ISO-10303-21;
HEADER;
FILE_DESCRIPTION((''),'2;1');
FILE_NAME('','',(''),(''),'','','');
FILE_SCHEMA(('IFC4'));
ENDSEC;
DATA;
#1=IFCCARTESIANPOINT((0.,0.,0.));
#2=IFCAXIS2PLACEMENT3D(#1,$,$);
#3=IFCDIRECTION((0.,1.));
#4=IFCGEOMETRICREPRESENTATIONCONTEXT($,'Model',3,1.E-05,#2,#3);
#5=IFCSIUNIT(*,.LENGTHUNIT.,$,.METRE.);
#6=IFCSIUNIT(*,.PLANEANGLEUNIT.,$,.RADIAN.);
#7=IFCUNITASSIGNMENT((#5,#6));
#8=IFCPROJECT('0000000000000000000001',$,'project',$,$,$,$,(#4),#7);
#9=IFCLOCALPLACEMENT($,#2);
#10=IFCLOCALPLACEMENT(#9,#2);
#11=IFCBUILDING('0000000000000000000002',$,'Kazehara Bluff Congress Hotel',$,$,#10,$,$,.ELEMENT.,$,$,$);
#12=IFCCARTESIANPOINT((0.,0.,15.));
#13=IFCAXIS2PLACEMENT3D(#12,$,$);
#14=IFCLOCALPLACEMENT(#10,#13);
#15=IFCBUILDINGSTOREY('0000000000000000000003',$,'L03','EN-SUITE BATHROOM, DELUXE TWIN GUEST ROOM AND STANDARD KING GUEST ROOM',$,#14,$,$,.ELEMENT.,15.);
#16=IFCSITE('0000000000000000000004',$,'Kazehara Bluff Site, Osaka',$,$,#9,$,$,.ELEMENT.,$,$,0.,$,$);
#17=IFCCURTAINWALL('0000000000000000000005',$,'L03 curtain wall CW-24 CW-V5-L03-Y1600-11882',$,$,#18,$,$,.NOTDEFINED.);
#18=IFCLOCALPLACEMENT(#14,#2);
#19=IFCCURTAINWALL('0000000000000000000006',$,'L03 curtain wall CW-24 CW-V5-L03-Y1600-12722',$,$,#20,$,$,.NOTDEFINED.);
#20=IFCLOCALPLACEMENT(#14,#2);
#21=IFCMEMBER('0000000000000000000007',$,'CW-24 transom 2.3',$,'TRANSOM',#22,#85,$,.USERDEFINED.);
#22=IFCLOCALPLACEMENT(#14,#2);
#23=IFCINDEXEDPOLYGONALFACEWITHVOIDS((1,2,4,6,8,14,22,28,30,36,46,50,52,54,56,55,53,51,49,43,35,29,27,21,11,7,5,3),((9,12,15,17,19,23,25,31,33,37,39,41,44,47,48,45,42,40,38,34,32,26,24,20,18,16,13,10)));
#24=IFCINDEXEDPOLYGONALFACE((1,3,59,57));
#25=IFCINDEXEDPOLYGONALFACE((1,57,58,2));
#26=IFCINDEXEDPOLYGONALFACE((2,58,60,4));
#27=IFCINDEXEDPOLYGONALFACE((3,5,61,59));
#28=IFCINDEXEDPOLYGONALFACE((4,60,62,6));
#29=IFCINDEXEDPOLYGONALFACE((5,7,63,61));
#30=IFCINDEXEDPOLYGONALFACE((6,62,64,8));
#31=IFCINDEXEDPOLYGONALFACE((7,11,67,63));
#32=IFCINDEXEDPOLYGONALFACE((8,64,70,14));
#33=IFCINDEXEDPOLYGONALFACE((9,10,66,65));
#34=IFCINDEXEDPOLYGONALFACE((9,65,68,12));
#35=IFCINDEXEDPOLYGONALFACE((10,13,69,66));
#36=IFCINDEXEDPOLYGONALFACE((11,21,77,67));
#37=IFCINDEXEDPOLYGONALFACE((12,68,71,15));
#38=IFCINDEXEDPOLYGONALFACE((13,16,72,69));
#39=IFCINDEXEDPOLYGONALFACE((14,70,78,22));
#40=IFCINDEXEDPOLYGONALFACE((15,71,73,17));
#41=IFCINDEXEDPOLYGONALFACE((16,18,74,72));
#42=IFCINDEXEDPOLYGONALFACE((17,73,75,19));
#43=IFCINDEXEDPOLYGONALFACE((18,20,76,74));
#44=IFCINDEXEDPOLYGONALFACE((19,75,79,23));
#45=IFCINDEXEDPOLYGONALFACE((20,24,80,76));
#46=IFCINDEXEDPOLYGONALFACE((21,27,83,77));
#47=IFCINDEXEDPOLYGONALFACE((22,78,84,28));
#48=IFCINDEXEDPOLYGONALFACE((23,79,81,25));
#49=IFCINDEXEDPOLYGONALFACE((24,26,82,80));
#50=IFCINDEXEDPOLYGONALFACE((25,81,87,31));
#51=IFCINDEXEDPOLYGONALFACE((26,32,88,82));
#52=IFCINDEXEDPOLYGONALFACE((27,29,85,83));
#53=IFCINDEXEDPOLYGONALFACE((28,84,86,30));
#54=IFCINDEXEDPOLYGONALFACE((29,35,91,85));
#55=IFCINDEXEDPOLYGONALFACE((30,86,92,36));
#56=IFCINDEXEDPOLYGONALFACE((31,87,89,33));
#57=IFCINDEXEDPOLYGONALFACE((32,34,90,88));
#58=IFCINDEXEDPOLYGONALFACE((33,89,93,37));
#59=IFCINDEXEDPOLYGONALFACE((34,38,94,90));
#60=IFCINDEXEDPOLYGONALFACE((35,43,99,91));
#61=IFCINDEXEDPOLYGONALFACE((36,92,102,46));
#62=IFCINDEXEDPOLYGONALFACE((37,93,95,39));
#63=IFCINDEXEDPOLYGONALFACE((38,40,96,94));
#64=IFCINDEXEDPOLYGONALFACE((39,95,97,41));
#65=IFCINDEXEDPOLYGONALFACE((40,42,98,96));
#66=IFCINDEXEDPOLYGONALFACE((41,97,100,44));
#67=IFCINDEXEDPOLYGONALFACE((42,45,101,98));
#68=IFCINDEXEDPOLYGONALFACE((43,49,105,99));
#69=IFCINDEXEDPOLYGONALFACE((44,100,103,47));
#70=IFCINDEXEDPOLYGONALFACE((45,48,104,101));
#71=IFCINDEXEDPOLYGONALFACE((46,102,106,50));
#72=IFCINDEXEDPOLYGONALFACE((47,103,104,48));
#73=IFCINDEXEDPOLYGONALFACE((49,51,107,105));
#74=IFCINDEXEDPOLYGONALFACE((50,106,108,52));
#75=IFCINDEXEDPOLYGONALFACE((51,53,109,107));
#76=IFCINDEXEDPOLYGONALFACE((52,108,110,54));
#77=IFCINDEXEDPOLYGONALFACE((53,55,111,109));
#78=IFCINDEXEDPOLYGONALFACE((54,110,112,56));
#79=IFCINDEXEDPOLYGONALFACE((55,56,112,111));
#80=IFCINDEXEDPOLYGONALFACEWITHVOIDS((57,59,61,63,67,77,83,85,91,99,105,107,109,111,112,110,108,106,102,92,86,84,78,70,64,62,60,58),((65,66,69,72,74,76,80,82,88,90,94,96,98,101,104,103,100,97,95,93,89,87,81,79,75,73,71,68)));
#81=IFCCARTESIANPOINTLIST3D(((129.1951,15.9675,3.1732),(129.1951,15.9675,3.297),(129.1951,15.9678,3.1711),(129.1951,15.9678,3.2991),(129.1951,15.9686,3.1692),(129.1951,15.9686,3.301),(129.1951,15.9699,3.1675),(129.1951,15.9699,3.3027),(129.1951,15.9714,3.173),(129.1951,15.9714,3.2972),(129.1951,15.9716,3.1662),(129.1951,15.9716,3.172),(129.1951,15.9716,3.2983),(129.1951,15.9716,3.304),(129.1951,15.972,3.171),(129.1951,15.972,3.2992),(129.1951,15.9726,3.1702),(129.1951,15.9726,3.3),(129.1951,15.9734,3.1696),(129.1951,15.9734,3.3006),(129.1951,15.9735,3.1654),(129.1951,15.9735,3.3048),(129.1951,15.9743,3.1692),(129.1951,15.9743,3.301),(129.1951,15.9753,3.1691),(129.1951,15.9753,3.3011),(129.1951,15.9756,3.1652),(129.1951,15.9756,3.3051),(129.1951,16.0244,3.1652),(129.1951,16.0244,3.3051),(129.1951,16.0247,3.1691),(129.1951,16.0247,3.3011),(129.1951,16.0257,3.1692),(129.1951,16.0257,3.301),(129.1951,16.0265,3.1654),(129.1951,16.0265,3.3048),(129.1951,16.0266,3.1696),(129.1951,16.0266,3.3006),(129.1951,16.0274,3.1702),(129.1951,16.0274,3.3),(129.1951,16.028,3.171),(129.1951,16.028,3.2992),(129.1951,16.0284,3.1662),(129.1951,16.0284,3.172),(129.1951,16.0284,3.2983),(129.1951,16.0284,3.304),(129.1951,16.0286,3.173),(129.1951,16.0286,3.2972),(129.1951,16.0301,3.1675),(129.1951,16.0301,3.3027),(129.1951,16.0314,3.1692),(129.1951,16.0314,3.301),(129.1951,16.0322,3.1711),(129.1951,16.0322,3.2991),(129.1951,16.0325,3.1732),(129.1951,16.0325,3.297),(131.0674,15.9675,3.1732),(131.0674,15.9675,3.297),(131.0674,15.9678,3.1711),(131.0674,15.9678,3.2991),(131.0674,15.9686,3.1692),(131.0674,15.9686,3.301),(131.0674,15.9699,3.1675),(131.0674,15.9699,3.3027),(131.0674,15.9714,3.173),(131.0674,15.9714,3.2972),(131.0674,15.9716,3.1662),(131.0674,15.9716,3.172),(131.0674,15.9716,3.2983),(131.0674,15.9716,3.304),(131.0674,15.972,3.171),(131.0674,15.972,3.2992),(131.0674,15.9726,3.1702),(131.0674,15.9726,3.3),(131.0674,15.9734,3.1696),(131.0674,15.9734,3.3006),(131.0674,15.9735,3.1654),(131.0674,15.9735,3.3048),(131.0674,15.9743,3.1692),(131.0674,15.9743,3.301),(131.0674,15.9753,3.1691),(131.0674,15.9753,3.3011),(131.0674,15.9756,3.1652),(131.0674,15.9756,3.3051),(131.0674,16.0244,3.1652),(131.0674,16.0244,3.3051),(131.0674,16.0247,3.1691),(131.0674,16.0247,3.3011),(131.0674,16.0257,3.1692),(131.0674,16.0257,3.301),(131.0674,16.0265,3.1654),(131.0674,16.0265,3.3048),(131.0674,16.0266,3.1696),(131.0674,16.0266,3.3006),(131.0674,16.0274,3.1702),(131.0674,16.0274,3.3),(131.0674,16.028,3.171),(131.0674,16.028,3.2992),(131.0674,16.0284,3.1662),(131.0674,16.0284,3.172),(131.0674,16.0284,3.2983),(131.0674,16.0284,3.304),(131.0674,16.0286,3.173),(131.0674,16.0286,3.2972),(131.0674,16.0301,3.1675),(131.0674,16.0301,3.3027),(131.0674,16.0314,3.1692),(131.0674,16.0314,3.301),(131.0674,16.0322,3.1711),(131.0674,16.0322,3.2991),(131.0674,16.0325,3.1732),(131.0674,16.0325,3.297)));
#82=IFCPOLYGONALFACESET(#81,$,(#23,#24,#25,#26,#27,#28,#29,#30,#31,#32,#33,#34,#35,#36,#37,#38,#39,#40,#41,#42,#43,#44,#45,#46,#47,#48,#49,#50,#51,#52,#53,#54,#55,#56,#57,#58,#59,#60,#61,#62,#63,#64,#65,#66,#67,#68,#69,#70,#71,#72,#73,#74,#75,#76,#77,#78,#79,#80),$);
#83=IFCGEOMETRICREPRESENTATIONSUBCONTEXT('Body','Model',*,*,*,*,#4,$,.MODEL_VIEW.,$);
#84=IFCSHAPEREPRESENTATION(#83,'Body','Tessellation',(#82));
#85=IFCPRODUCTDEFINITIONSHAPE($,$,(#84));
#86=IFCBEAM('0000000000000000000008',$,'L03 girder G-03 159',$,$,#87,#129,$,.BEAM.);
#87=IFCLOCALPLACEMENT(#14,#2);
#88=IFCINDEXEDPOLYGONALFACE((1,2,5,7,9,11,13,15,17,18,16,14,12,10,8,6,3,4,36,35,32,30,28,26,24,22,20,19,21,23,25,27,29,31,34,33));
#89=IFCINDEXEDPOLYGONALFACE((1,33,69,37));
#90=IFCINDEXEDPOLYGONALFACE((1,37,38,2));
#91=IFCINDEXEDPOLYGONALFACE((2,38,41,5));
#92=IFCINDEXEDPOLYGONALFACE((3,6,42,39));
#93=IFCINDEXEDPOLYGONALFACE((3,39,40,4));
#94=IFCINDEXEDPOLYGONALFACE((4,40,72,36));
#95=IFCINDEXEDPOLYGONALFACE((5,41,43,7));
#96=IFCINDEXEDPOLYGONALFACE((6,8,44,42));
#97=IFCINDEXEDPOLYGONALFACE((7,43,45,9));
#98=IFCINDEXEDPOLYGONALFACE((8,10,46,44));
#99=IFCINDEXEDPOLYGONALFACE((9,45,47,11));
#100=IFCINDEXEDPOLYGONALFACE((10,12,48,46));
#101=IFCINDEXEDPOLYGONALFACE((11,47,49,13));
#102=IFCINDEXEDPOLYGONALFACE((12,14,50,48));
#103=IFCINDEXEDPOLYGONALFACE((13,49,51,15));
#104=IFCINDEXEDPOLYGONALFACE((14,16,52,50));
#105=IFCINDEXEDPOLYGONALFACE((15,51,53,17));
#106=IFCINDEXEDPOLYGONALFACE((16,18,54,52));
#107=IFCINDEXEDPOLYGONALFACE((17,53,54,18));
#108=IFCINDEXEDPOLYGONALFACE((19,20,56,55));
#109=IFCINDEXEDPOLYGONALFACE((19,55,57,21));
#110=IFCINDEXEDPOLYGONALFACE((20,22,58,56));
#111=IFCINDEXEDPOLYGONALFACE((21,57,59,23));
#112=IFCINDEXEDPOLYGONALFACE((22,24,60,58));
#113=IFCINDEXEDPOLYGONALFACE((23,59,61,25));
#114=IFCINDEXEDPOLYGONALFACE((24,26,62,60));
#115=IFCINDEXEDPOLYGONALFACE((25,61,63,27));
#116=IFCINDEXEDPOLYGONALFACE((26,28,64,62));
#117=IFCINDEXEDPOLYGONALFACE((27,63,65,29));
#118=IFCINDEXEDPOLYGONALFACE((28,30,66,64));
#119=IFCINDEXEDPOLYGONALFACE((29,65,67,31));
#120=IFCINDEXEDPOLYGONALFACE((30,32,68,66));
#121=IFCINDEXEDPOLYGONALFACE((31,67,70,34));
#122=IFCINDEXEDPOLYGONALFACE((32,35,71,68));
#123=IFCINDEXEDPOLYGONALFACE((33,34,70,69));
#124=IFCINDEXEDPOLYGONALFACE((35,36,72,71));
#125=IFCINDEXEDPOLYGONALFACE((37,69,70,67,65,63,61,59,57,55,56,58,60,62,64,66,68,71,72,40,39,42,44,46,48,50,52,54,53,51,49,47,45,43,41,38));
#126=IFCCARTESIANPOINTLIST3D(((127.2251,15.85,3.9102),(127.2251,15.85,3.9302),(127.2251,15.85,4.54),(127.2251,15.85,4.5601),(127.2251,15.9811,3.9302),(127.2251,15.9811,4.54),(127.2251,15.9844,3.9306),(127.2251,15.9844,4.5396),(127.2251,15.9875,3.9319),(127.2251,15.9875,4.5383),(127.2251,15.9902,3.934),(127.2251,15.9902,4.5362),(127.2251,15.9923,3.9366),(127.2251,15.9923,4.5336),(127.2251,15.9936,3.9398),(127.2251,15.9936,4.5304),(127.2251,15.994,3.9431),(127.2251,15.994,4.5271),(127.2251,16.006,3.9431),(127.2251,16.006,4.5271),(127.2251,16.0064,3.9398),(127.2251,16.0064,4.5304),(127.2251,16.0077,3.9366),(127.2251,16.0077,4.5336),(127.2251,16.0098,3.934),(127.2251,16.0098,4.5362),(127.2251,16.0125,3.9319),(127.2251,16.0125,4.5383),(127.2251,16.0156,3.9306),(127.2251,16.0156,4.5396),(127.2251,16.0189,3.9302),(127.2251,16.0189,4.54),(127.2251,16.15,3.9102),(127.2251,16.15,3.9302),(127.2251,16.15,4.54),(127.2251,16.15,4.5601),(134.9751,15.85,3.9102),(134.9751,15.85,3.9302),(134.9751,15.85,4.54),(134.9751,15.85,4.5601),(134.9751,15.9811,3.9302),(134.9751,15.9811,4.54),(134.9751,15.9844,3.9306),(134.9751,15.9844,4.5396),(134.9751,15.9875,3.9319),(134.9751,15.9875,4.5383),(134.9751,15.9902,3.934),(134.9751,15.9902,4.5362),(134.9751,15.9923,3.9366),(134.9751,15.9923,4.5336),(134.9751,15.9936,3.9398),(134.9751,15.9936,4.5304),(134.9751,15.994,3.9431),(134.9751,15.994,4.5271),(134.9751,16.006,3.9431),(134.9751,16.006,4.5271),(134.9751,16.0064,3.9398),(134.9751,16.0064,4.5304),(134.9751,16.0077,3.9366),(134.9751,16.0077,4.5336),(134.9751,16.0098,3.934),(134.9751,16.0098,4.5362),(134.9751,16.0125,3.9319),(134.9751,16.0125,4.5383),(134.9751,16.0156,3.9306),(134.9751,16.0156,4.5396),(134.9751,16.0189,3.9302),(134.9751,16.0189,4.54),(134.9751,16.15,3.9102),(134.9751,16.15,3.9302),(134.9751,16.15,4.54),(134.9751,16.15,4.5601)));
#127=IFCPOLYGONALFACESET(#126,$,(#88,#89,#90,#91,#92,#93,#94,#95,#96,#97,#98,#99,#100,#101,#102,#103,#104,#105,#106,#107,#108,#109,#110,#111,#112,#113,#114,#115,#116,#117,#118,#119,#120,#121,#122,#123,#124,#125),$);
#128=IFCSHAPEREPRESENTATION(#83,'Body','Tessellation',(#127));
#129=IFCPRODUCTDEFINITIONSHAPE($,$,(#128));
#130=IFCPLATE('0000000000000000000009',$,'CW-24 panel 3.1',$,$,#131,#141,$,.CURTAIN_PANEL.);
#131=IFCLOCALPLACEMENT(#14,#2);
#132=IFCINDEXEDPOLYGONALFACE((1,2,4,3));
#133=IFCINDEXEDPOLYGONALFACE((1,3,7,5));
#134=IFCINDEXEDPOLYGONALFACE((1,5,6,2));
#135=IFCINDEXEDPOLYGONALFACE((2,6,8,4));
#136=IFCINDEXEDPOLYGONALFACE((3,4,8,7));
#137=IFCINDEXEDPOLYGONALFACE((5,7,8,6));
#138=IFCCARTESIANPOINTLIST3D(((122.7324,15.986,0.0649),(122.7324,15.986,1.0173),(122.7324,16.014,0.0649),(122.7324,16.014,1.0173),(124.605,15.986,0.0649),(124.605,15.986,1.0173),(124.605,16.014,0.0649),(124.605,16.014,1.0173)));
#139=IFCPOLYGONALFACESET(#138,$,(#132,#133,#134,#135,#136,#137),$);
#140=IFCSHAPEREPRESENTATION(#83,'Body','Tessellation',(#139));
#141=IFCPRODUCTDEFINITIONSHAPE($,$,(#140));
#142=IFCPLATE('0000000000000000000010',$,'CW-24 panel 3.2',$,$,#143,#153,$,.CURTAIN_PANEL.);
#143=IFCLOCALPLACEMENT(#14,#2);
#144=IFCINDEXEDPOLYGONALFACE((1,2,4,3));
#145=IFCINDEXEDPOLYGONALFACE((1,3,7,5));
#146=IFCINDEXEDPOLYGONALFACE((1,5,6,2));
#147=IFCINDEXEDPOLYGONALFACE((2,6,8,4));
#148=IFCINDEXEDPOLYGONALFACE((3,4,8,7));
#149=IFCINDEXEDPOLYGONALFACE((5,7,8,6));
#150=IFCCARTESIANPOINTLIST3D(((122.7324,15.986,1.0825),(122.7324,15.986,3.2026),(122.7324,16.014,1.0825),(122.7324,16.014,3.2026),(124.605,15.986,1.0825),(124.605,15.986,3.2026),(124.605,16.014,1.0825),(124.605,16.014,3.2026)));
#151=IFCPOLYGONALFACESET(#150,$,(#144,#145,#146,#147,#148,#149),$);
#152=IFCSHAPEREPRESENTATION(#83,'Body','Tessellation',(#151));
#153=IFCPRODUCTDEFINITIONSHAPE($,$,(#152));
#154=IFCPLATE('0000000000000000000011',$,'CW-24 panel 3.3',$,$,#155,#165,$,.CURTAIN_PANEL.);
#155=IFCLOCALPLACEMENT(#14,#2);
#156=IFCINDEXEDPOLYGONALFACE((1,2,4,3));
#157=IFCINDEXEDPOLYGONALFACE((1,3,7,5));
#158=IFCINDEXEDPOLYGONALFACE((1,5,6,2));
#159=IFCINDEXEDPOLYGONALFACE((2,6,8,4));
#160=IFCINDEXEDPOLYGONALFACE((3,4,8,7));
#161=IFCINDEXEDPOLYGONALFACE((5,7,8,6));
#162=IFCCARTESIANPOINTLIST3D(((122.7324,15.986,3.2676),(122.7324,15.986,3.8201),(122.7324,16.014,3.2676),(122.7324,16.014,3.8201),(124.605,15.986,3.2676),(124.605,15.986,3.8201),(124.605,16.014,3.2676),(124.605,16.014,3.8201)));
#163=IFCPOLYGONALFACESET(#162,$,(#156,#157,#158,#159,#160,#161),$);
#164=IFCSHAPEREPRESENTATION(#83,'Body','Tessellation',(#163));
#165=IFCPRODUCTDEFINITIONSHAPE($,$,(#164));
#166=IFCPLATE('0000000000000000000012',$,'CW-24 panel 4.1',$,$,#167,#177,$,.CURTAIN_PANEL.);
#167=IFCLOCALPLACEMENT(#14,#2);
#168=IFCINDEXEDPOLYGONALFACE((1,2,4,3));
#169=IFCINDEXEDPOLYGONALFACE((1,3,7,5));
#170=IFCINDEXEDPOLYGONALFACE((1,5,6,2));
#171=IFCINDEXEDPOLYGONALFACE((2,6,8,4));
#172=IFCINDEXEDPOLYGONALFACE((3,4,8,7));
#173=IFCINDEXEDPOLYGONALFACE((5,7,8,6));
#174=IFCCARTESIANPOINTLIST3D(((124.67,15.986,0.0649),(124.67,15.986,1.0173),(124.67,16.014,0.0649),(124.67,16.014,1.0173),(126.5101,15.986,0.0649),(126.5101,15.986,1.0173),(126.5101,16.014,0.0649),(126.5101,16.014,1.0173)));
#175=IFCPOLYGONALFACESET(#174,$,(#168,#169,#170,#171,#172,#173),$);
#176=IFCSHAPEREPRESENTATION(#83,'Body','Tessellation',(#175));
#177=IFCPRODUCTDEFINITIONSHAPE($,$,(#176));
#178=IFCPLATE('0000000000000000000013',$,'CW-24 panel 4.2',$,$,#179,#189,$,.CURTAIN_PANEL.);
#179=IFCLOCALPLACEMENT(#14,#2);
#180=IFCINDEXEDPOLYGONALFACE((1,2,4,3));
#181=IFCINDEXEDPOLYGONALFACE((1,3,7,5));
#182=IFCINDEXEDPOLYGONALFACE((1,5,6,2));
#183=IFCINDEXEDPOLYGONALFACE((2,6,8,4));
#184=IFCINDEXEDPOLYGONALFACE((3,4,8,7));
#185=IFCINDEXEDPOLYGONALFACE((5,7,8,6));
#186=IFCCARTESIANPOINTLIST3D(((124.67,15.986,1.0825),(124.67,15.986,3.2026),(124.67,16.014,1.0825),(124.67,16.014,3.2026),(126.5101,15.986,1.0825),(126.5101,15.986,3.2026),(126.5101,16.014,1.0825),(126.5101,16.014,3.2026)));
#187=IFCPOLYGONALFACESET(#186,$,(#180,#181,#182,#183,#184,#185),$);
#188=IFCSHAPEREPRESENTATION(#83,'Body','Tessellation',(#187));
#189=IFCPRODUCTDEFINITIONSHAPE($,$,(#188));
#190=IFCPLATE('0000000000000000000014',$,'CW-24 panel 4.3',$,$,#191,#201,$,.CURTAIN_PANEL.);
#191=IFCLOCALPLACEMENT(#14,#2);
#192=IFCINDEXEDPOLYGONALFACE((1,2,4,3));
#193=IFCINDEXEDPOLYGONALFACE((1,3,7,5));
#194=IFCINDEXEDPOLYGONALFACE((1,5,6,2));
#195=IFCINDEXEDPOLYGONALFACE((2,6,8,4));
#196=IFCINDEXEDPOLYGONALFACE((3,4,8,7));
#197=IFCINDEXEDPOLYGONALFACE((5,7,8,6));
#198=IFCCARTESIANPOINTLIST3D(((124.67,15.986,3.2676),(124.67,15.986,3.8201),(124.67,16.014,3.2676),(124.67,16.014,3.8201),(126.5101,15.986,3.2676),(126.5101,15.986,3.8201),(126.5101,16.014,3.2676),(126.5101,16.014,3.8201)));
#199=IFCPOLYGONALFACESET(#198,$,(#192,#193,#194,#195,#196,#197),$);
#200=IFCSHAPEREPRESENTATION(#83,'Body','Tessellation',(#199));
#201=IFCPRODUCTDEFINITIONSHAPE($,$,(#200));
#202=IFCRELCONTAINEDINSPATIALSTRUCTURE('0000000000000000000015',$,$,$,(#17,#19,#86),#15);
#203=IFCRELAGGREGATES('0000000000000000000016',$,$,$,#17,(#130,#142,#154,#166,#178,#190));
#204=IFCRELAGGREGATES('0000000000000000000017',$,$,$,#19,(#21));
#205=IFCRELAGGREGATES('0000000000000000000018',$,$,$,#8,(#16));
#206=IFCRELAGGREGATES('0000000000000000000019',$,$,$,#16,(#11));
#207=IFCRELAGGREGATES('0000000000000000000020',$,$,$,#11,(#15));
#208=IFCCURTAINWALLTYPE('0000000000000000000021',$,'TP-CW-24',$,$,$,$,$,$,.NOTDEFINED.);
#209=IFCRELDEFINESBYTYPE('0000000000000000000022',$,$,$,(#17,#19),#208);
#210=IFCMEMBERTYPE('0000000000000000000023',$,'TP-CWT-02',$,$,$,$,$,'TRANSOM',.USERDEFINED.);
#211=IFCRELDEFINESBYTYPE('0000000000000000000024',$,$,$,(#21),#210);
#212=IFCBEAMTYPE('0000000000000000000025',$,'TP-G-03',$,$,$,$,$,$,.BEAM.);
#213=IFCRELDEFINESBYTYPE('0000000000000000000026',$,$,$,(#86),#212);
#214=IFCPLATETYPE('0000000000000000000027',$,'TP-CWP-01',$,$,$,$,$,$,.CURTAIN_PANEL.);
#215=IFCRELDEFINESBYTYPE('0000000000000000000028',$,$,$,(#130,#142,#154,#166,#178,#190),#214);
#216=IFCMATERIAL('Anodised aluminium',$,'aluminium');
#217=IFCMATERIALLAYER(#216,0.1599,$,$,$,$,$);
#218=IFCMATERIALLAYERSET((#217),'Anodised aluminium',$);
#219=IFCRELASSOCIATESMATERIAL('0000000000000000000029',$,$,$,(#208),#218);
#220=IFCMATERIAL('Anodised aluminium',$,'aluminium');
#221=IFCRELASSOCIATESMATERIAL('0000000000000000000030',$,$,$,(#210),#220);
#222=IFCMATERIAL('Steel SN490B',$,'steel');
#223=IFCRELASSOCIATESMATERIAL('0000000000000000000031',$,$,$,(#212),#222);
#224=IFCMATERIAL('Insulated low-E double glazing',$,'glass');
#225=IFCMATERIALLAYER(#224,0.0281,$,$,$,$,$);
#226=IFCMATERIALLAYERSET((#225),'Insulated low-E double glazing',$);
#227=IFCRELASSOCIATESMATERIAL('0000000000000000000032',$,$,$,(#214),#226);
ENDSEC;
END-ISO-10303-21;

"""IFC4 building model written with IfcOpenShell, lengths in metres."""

from ifc_helpers import new_model, si_unit, direction, frame, origin, origin_2d, place, context, subcontext, project, spatial, rectangle, hollow_rectangle, i_section, extrude, material, layer, layer_set, material_profile, profile_set, type_object, element, aggregate, save


model = new_model("IFC4")

# Units and contexts
model_context = context("Model", 3, precision=1e-05, world=origin(), true_north=direction((0.0, 1.0)))
body_context = subcontext(model_context, "Body", "Model", "MODEL_VIEW")
ifc_project = project(units=[si_unit("LENGTHUNIT", "METRE"), si_unit("PLANEANGLEUNIT", "RADIAN")], contexts=[model_context])

# Site, building, storey
site_placement = place(None, origin())
site = spatial("IfcSite", under=ifc_project, at=site_placement, Name="Kazehara Bluff Site, Osaka", CompositionType="ELEMENT", RefElevation=0.0)
building_placement = place(site_placement, origin())
building = spatial("IfcBuilding", under=site, at=building_placement, Name="Kazehara Bluff Congress Hotel", CompositionType="ELEMENT")
storey_placement = place(building_placement, frame((0.0, 0.0, 15.0)))
storey = spatial("IfcBuildingStorey", under=building, at=storey_placement, Name="L03", Description="EN-SUITE BATHROOM, DELUXE TWIN GUEST ROOM AND STANDARD KING GUEST ROOM", CompositionType="ELEMENT", Elevation=15.0)

# Curtain walls
ifc_material_1 = material(Name="Anodised aluminium", Category="aluminium")
ifc_layer_1 = layer(ifc_material_1, 0.1599)
ifc_layer_set_1 = layer_set([ifc_layer_1], Name="Anodised aluminium")
curtain_wall_type = type_object("IfcCurtainWallType", Name="TP-CW-24", PredefinedType="NOTDEFINED", material=ifc_layer_set_1)
curtain_wall_1_placement = place(storey_placement, origin())
curtain_wall_1 = element("IfcCurtainWall", 1, at=curtain_wall_1_placement, inside=storey, type_object=curtain_wall_type, Name="L03 curtain wall CW-24 CW-V5-L03-Y1600-11882", PredefinedType="NOTDEFINED")
curtain_wall_2_placement = place(storey_placement, origin())
curtain_wall_2 = element("IfcCurtainWall", 2, at=curtain_wall_2_placement, inside=storey, type_object=curtain_wall_type, Name="L03 curtain wall CW-24 CW-V5-L03-Y1600-12722", PredefinedType="NOTDEFINED")

# Member
ifc_material_2 = material(Name="Anodised aluminium", Category="aluminium")
ifc_material_profile_1 = material_profile(ifc_material_2, hollow_rectangle(XDim=0.0649, YDim=0.1399, WallThickness=0.0039, InnerFilletRadius=0.0039, OuterFilletRadius=0.0081, at=origin_2d()))
ifc_profile_set_1 = profile_set([ifc_material_profile_1], Name="Anodised aluminium")
member_type_1 = type_object("IfcMemberType", Name="TP-CWT-02", ElementType="TRANSOM", PredefinedType="USERDEFINED", material=ifc_profile_set_1)
member_1_placement = place(storey_placement, frame((129.1951, 16.0, 3.2351), z_axis=(1.0, 0.0, 0.0), x_axis=(0.0, 1.0, 0.0)))
member_1 = element("IfcMember", 3, at=member_1_placement, type_object=member_type_1, Name="CW-24 transom 2.3", ObjectType="TRANSOM", PredefinedType="USERDEFINED", context=body_context, shape_type="SweptSolid", body=[
    extrude(hollow_rectangle(XDim=0.0649, YDim=0.1399, WallThickness=0.0039, InnerFilletRadius=0.0039, OuterFilletRadius=0.0081, at=origin_2d()), origin(), (0.0, 0.0, 1.0), 1.8723),
])

# Beam
ifc_material_3 = material(Name="Steel SN490B", Category="steel")
ifc_material_profile_2 = material_profile(ifc_material_3, i_section(OverallWidth=0.3, OverallDepth=0.6499, WebThickness=0.012, FlangeThickness=0.02, FilletRadius=0.0129, at=origin_2d()))
ifc_profile_set_2 = profile_set([ifc_material_profile_2], Name="Steel SN490B")
beam_type = type_object("IfcBeamType", Name="TP-G-03", PredefinedType="BEAM", material=ifc_profile_set_2)
beam_placement = place(storey_placement, frame((127.2251, 16.0, 4.2351), z_axis=(1.0, 0.0, 0.0), x_axis=(0.0, 1.0, 0.0)))
element("IfcBeam", 4, at=beam_placement, inside=storey, type_object=beam_type, Name="L03 girder G-03 159", PredefinedType="BEAM", context=body_context, shape_type="SweptSolid", body=[
    extrude(i_section(OverallWidth=0.3, OverallDepth=0.6499, WebThickness=0.012, FlangeThickness=0.02, FilletRadius=0.0129, at=origin_2d()), origin(), (0.0, 0.0, 1.0), 7.75),
])

# Plates
ifc_material_4 = material(Name="Insulated low-E double glazing", Category="glass")
ifc_layer_2 = layer(ifc_material_4, 0.0281)
ifc_layer_set_2 = layer_set([ifc_layer_2], Name="Insulated low-E double glazing")
plate_type = type_object("IfcPlateType", Name="TP-CWP-01", PredefinedType="CURTAIN_PANEL", material=ifc_layer_set_2)
plate_1_placement = place(storey_placement, frame((123.6687, 16.0, 0.0649), z_axis=(0.0, 0.0, 1.0), x_axis=(1.0, 0.0, 0.0)))
plate_1 = element("IfcPlate", 5, at=plate_1_placement, type_object=plate_type, Name="CW-24 panel 3.1", PredefinedType="CURTAIN_PANEL", context=body_context, shape_type="SweptSolid", body=[
    extrude(rectangle(XDim=1.8726, YDim=0.0281, at=origin_2d()), origin(), (0.0, 0.0, 1.0), 0.9524),
])
plate_2_placement = place(storey_placement, frame((123.6687, 16.0, 1.0825), z_axis=(0.0, 0.0, 1.0), x_axis=(1.0, 0.0, 0.0)))
plate_2 = element("IfcPlate", 6, at=plate_2_placement, type_object=plate_type, Name="CW-24 panel 3.2", PredefinedType="CURTAIN_PANEL", context=body_context, shape_type="SweptSolid", body=[
    extrude(rectangle(XDim=1.8726, YDim=0.0281, at=origin_2d()), origin(), (0.0, 0.0, 1.0), 2.1201),
])
plate_3_placement = place(storey_placement, frame((123.6687, 16.0, 3.2676), z_axis=(0.0, 0.0, 1.0), x_axis=(1.0, 0.0, 0.0)))
plate_3 = element("IfcPlate", 7, at=plate_3_placement, type_object=plate_type, Name="CW-24 panel 3.3", PredefinedType="CURTAIN_PANEL", context=body_context, shape_type="SweptSolid", body=[
    extrude(rectangle(XDim=1.8726, YDim=0.0281, at=origin_2d()), origin(), (0.0, 0.0, 1.0), 0.5525),
])
plate_4_placement = place(storey_placement, frame((125.5901, 16.0, 0.0649), z_axis=(0.0, 0.0, 1.0), x_axis=(1.0, 0.0, 0.0)))
plate_4 = element("IfcPlate", 8, at=plate_4_placement, type_object=plate_type, Name="CW-24 panel 4.1", PredefinedType="CURTAIN_PANEL", context=body_context, shape_type="SweptSolid", body=[
    extrude(rectangle(XDim=1.8401, YDim=0.0281, at=origin_2d()), origin(), (0.0, 0.0, 1.0), 0.9524),
])
plate_5_placement = place(storey_placement, frame((125.5901, 16.0, 1.0825), z_axis=(0.0, 0.0, 1.0), x_axis=(1.0, 0.0, 0.0)))
plate_5 = element("IfcPlate", 9, at=plate_5_placement, type_object=plate_type, Name="CW-24 panel 4.2", PredefinedType="CURTAIN_PANEL", context=body_context, shape_type="SweptSolid", body=[
    extrude(rectangle(XDim=1.8401, YDim=0.0281, at=origin_2d()), origin(), (0.0, 0.0, 1.0), 2.1201),
])
plate_6_placement = place(storey_placement, frame((125.5901, 16.0, 3.2676), z_axis=(0.0, 0.0, 1.0), x_axis=(1.0, 0.0, 0.0)))
plate_6 = element("IfcPlate", 10, at=plate_6_placement, type_object=plate_type, Name="CW-24 panel 4.3", PredefinedType="CURTAIN_PANEL", context=body_context, shape_type="SweptSolid", body=[
    extrude(rectangle(XDim=1.8401, YDim=0.0281, at=origin_2d()), origin(), (0.0, 0.0, 1.0), 0.5525),
])
aggregate(curtain_wall_1, [plate_1, plate_2, plate_3, plate_4, plate_5, plate_6])
aggregate(curtain_wall_2, [member_1])

save(model, "model.ifc")
